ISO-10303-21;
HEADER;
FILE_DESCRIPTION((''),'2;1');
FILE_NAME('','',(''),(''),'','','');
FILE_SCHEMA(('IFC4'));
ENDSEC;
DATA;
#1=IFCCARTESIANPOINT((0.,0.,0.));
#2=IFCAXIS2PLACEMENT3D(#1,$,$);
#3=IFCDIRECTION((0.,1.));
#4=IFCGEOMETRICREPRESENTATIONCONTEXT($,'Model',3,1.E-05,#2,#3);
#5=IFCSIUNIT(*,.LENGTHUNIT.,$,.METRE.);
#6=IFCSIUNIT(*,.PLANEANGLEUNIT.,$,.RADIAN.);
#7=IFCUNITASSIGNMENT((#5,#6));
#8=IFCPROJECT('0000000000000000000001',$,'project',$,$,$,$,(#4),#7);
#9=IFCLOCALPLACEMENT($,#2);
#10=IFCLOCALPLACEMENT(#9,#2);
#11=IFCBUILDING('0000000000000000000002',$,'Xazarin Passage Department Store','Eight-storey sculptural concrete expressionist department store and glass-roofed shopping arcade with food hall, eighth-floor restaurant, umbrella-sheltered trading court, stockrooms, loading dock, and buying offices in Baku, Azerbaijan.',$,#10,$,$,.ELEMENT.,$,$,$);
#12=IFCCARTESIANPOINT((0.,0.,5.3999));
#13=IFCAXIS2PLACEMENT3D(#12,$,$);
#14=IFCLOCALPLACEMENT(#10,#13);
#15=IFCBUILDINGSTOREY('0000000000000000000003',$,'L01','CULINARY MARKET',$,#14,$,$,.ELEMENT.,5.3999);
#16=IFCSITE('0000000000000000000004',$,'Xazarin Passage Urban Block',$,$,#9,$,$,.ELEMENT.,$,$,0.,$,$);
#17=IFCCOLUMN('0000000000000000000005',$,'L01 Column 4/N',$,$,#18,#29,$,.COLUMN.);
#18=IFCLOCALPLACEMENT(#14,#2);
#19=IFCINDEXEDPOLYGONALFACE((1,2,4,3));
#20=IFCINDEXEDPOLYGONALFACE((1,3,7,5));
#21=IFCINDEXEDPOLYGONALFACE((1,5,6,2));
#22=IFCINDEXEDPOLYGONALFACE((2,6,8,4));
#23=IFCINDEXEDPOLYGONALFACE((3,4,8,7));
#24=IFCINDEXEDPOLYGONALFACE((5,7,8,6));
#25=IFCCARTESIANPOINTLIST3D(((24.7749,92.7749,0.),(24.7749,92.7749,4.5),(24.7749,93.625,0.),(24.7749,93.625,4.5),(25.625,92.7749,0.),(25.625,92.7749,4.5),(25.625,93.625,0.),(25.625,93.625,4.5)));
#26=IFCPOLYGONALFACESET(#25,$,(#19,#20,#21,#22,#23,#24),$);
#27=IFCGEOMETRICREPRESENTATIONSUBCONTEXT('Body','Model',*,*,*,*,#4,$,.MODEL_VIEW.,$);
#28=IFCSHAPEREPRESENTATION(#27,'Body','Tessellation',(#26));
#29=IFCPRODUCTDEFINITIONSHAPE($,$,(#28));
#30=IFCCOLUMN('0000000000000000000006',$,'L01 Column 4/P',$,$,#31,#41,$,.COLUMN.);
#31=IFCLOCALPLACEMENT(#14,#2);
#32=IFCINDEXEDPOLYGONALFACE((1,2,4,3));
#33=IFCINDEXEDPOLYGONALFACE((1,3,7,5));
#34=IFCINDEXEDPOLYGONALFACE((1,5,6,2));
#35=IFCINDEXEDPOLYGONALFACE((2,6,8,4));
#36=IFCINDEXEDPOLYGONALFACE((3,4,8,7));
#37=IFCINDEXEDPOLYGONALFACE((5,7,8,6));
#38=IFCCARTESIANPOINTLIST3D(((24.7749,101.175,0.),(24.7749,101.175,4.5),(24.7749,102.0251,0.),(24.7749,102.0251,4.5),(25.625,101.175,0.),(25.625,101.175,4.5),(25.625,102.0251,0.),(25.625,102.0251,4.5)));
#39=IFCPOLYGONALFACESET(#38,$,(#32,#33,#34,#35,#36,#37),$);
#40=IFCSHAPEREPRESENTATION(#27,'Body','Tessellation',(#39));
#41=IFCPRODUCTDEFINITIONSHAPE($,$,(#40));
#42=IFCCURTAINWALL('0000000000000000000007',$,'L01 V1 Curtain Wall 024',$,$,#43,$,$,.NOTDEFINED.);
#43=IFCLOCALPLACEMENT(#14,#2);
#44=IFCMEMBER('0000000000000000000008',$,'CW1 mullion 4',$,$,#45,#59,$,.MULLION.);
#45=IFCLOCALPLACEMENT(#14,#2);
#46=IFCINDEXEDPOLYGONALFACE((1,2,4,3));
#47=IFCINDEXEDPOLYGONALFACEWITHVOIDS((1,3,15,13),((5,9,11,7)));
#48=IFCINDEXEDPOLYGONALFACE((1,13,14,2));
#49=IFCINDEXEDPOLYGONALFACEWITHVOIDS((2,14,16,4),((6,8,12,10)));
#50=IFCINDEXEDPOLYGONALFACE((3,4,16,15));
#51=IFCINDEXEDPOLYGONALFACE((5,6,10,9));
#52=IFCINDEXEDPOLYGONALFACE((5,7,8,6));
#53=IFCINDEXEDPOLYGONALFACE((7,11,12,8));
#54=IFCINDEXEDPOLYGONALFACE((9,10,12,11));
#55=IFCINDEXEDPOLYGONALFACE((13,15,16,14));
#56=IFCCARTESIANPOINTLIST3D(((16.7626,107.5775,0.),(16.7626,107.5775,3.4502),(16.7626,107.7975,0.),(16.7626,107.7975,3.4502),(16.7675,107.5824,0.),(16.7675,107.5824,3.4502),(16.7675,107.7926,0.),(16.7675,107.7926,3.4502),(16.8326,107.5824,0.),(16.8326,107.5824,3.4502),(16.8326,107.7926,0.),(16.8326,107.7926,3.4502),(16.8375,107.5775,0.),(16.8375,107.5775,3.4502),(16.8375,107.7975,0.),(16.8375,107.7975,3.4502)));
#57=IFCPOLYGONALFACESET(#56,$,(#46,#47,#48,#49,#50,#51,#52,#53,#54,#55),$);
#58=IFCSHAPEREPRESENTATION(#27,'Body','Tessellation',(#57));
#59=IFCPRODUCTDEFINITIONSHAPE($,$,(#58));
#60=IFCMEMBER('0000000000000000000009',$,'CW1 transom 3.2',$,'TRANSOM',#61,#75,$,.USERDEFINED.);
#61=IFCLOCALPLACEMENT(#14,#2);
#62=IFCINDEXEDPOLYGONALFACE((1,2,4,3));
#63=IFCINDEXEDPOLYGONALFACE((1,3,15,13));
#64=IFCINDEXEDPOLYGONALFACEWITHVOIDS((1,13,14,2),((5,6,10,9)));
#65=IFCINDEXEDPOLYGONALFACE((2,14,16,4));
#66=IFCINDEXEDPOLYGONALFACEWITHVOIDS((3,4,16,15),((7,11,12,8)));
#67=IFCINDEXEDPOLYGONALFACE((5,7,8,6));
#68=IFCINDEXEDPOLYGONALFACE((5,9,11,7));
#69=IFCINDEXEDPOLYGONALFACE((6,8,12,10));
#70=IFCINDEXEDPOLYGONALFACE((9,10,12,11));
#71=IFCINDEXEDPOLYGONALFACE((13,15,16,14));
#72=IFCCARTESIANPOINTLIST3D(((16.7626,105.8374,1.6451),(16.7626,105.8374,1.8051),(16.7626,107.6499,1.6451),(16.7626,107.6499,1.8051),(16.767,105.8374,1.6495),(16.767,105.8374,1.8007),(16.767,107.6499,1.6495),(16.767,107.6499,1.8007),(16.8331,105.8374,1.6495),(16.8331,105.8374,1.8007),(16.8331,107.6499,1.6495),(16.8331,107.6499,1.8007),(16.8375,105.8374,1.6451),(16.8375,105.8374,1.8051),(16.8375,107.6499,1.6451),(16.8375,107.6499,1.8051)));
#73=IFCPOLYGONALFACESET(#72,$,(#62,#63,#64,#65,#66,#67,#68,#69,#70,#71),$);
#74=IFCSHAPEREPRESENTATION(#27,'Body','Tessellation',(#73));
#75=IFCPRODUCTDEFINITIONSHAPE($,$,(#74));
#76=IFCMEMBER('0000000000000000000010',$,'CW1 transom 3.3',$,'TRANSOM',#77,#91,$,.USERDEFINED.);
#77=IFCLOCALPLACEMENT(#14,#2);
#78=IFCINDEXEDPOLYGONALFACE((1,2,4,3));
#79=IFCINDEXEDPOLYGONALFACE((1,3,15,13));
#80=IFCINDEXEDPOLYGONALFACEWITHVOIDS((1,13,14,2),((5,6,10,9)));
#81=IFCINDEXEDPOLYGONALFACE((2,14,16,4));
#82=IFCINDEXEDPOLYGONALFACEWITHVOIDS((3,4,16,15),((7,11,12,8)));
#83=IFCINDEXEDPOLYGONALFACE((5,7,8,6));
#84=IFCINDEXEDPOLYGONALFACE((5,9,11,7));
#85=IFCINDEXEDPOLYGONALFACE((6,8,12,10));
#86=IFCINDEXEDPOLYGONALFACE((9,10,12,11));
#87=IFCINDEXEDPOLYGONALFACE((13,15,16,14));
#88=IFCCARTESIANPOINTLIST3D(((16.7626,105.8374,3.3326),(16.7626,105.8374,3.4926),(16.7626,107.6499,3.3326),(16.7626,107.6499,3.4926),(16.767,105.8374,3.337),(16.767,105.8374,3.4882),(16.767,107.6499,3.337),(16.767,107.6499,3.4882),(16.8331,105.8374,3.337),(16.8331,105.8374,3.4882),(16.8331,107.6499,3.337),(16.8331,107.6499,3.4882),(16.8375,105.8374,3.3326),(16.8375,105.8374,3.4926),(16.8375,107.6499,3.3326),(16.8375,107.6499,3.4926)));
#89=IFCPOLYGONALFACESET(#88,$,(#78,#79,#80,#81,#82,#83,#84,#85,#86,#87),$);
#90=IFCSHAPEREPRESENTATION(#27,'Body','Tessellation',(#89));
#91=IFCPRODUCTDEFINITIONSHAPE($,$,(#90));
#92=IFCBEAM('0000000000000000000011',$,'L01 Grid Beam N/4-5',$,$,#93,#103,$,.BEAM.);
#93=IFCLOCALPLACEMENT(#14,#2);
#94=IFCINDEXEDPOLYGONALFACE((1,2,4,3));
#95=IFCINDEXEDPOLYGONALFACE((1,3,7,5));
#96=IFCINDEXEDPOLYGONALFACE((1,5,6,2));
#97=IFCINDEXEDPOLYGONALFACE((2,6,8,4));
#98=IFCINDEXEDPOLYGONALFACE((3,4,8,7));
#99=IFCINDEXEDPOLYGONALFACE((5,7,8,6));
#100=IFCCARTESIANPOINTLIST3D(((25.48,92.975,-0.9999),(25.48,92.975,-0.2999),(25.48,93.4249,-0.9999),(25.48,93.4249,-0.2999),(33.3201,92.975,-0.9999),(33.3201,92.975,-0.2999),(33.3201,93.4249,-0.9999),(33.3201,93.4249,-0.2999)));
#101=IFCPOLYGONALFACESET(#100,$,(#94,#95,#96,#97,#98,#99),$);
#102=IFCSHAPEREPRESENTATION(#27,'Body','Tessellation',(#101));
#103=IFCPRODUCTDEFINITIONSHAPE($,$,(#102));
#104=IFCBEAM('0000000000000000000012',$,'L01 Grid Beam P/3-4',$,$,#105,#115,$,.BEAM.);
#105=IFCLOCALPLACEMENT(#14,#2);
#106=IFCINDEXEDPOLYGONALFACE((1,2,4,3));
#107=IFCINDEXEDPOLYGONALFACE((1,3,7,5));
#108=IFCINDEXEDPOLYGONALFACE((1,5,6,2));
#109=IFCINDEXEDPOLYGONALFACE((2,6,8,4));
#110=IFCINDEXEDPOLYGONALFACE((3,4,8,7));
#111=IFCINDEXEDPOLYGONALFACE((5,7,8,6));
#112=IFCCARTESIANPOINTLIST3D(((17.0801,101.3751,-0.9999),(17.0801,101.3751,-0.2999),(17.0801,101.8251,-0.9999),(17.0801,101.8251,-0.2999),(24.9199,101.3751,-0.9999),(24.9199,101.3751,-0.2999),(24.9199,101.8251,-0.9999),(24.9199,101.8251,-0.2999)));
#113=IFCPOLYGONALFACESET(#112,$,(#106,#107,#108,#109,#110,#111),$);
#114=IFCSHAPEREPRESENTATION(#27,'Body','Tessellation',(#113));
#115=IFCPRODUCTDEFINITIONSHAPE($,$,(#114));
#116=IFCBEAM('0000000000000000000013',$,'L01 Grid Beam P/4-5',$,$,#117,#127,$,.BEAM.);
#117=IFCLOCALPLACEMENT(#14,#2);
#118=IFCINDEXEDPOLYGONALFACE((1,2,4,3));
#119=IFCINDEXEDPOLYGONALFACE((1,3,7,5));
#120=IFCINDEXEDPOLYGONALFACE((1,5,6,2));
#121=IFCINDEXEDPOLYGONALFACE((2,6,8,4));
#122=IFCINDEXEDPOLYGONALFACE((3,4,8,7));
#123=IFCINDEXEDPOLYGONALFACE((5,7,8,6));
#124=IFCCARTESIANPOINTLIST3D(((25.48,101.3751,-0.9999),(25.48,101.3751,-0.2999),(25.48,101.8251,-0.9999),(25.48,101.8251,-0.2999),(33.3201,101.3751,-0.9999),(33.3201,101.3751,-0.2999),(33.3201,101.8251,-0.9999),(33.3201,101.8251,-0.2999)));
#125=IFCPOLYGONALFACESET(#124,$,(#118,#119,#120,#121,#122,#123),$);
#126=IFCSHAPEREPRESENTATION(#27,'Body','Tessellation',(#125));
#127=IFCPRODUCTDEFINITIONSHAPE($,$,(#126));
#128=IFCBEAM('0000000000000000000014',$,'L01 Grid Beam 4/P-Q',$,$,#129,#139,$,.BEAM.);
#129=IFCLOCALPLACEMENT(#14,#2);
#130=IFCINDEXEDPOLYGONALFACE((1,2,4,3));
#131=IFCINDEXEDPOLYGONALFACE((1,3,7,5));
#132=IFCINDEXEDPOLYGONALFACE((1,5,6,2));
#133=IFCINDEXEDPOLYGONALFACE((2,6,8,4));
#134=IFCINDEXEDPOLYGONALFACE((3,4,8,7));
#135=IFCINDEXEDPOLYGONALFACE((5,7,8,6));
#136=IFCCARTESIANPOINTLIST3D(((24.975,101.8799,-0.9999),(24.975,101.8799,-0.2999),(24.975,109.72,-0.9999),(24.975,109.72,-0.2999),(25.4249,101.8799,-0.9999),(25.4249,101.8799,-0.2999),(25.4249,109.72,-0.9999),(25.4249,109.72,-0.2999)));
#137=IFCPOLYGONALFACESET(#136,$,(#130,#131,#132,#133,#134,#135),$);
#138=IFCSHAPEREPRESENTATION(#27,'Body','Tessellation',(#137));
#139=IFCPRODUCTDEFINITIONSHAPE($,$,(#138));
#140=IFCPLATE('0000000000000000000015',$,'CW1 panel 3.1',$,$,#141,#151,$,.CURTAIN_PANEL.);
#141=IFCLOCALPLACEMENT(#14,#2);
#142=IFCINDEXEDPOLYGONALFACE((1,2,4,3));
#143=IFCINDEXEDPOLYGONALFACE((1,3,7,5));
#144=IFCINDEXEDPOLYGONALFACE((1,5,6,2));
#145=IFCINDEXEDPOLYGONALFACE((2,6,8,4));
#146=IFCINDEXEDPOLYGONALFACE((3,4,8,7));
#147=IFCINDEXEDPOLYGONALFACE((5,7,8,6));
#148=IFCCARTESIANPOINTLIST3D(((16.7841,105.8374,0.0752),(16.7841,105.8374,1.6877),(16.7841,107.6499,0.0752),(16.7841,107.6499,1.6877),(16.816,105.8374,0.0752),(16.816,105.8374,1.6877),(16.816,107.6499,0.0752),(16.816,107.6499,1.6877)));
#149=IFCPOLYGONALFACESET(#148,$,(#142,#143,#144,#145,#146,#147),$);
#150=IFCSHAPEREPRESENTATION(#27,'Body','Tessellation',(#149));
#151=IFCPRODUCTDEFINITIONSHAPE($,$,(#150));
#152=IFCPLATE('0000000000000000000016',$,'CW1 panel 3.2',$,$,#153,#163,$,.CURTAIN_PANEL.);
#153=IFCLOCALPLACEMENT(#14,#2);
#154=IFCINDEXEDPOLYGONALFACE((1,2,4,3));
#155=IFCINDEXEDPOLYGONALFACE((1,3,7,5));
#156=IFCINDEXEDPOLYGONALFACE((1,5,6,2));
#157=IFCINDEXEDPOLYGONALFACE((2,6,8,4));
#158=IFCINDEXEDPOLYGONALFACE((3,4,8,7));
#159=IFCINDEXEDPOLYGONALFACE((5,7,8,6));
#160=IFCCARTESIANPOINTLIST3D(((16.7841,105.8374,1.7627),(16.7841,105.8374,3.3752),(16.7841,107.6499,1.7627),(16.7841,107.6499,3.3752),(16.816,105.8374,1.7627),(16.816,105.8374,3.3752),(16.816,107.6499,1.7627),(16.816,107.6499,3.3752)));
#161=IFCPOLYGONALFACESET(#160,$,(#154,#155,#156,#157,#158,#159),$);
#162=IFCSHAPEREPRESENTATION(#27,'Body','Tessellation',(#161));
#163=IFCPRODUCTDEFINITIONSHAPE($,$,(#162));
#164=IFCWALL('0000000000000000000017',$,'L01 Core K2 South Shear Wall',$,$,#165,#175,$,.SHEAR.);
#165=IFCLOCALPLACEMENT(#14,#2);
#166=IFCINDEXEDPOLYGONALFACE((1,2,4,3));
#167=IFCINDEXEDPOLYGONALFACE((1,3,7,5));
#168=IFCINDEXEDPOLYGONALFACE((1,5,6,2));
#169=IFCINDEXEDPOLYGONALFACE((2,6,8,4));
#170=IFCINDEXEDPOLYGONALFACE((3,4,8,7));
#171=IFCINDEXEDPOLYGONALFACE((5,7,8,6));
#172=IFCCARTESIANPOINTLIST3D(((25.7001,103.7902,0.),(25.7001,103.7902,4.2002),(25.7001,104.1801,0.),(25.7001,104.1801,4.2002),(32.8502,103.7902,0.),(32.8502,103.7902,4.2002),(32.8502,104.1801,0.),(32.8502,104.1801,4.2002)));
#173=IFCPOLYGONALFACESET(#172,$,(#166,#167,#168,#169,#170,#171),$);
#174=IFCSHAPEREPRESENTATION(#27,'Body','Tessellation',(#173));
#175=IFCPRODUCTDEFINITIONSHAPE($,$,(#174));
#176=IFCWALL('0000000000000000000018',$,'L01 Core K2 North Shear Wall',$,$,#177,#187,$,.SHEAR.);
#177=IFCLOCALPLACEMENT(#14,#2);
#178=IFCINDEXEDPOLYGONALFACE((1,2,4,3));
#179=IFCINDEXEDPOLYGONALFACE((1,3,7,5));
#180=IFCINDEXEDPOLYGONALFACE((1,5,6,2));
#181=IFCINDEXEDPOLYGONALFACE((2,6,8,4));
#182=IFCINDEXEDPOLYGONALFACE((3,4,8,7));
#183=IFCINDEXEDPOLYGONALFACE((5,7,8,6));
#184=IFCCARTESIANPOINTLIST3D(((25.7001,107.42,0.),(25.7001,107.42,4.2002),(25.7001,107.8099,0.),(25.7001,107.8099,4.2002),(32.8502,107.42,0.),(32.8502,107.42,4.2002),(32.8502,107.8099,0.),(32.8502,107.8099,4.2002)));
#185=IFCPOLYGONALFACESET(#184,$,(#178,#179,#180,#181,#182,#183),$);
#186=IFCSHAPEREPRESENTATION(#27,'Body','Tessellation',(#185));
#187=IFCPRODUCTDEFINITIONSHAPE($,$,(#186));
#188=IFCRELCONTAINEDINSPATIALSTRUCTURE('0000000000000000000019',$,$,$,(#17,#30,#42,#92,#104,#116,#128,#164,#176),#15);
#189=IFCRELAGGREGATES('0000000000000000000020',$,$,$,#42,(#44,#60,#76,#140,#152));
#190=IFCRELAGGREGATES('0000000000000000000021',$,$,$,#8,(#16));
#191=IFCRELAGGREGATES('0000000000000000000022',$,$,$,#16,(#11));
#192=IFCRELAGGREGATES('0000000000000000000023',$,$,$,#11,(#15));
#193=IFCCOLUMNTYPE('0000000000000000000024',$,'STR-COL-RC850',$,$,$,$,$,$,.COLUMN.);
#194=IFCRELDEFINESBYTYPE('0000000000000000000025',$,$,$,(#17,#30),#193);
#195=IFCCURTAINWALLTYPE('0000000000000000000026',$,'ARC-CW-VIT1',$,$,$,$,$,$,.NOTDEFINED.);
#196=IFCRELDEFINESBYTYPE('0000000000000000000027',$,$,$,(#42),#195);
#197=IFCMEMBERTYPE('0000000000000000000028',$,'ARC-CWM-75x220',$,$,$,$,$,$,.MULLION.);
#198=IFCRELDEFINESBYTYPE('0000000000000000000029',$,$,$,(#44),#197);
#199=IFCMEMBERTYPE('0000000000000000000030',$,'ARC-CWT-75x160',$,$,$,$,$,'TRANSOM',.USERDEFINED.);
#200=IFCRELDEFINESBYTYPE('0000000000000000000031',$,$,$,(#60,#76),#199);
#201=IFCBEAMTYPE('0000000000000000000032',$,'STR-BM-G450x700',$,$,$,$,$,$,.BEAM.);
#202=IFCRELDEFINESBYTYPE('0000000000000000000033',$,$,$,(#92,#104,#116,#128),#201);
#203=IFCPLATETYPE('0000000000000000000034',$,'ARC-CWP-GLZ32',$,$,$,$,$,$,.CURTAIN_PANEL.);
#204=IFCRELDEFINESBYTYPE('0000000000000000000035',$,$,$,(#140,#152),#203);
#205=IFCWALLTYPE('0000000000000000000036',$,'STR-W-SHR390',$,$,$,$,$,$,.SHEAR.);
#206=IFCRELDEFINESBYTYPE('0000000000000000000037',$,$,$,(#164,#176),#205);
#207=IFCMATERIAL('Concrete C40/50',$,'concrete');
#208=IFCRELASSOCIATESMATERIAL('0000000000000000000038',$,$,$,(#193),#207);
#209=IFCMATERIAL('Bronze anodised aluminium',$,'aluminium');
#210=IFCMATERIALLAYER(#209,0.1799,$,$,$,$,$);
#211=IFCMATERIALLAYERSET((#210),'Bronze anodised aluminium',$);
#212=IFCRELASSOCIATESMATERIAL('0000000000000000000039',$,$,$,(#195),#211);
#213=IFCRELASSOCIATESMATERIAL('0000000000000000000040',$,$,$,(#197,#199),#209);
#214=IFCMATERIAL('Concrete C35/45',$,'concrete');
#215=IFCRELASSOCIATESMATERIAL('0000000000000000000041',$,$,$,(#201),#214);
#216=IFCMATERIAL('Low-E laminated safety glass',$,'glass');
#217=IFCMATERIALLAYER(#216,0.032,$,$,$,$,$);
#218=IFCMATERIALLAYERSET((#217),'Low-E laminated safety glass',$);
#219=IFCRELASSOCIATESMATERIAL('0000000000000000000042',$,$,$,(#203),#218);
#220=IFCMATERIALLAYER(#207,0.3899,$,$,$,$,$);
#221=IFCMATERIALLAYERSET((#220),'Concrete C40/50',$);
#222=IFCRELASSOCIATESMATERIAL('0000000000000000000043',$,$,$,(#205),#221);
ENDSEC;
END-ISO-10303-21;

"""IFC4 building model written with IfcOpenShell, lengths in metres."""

from ifc_helpers import new_model, si_unit, direction, frame, frame_2d, origin, origin_2d, place, context, subcontext, project, spatial, rectangle, hollow_rectangle, extrude, material, layer, layer_set, material_profile, profile_set, type_object, element, aggregate, save


model = new_model("IFC4")

# Units and contexts
model_context = context("Model", 3, precision=1e-05, world=origin(), true_north=direction((0.0, 1.0)))
body_context = subcontext(model_context, "Body", "Model", "MODEL_VIEW")
ifc_project = project(units=[si_unit("LENGTHUNIT", "METRE"), si_unit("PLANEANGLEUNIT", "RADIAN")], contexts=[model_context])

# Site, building, storey
site_placement = place(None, origin())
site = spatial("IfcSite", under=ifc_project, at=site_placement, Name="Xazarin Passage Urban Block", CompositionType="ELEMENT", RefElevation=0.0)
building_placement = place(site_placement, origin())
building = spatial("IfcBuilding", under=site, at=building_placement, Name="Xazarin Passage Department Store", Description="Eight-storey sculptural concrete expressionist department store and glass-roofed shopping arcade with food hall, eighth-floor restaurant, umbrella-sheltered trading court, stockrooms, loading dock, and buying offices in Baku, Azerbaijan.", CompositionType="ELEMENT")
storey_placement = place(building_placement, frame((0.0, 0.0, 5.3999)))
storey = spatial("IfcBuildingStorey", under=building, at=storey_placement, Name="L01", Description="CULINARY MARKET", CompositionType="ELEMENT", Elevation=5.3999)

# Columns
ifc_material_1 = material(Name="Concrete C40/50", Category="concrete")
ifc_material_profile_1 = material_profile(ifc_material_1, rectangle(XDim=0.8501, YDim=0.8501, at=origin_2d()), Name="RC 850x850")
ifc_profile_set_1 = profile_set([ifc_material_profile_1], Name="Concrete C40/50")
column_type = type_object("IfcColumnType", Name="STR-COL-RC850", PredefinedType="COLUMN", material=ifc_profile_set_1)
for number, where, z_axis, x_axis, name in (
    (1, (25.2, 93.2, 0.0), (0.0, 0.0, 1.0), (1.0, 0.0, 0.0), "L01 Column 4/N"),
    (2, (25.2, 101.6001, 0.0), (0.0, 0.0, 1.0), (1.0, 0.0, 0.0), "L01 Column 4/P"),
):
    element("IfcColumn", number, at=place(storey_placement, frame(where, z_axis=z_axis, x_axis=x_axis)), inside=storey, type_object=column_type, Name=name, PredefinedType="COLUMN", context=body_context, shape_type="SweptSolid", body=[
        extrude(rectangle(XDim=0.8501, YDim=0.8501, at=origin_2d()), origin(), (0.0, 0.0, 1.0), 4.5),
    ])

# Curtain wall, members
ifc_material_2 = material(Name="Bronze anodised aluminium", Category="aluminium")
ifc_layer_1 = layer(ifc_material_2, 0.1799)
ifc_layer_set_1 = layer_set([ifc_layer_1], Name="Bronze anodised aluminium")
curtain_wall_type = type_object("IfcCurtainWallType", Name="ARC-CW-VIT1", PredefinedType="NOTDEFINED", material=ifc_layer_set_1)
curtain_wall_placement = place(storey_placement, origin())
curtain_wall = element("IfcCurtainWall", 3, at=curtain_wall_placement, inside=storey, type_object=curtain_wall_type, Name="L01 V1 Curtain Wall 024", PredefinedType="NOTDEFINED")
ifc_material_profile_2 = material_profile(ifc_material_2, hollow_rectangle(XDim=0.075, YDim=0.22, WallThickness=0.0049, at=origin_2d()), Name="ALU 75x220")
ifc_profile_set_2 = profile_set([ifc_material_profile_2], Name="Bronze anodised aluminium")
member_type_1 = type_object("IfcMemberType", Name="ARC-CWM-75x220", PredefinedType="MULLION", material=ifc_profile_set_2)
member_1_placement = place(storey_placement, frame((16.8, 107.6875, 0.0), z_axis=(0.0, 0.0, 1.0), x_axis=(-1.0, 0.0, 0.0)))
member_1 = element("IfcMember", 4, at=member_1_placement, type_object=member_type_1, Name="CW1 mullion 4", PredefinedType="MULLION", context=body_context, shape_type="SweptSolid", body=[
    extrude(hollow_rectangle(XDim=0.075, YDim=0.22, WallThickness=0.0049, at=origin_2d()), origin(), (0.0, 0.0, 1.0), 3.4502),
])
ifc_material_profile_3 = material_profile(ifc_material_2, hollow_rectangle(XDim=0.075, YDim=0.1599, WallThickness=0.0044, at=origin_2d()), Name="ALU 75x160")
ifc_profile_set_3 = profile_set([ifc_material_profile_3], Name="Bronze anodised aluminium")
member_type_2 = type_object("IfcMemberType", Name="ARC-CWT-75x160", ElementType="TRANSOM", PredefinedType="USERDEFINED", material=ifc_profile_set_3)
member_2_placement = place(storey_placement, frame((16.8, 105.8374, 1.7251), z_axis=(0.0, 1.0, 0.0), x_axis=(-1.0, 0.0, 0.0)))
member_2 = element("IfcMember", 5, at=member_2_placement, type_object=member_type_2, Name="CW1 transom 3.2", ObjectType="TRANSOM", PredefinedType="USERDEFINED", context=body_context, shape_type="SweptSolid", body=[
    extrude(hollow_rectangle(XDim=0.075, YDim=0.1599, WallThickness=0.0044, at=origin_2d()), origin(), (0.0, 0.0, 1.0), 1.8125),
])
member_3_placement = place(storey_placement, frame((16.8, 105.8374, 3.4126), z_axis=(0.0, 1.0, 0.0), x_axis=(-1.0, 0.0, 0.0)))
member_3 = element("IfcMember", 6, at=member_3_placement, type_object=member_type_2, Name="CW1 transom 3.3", ObjectType="TRANSOM", PredefinedType="USERDEFINED", context=body_context, shape_type="SweptSolid", body=[
    extrude(hollow_rectangle(XDim=0.075, YDim=0.1599, WallThickness=0.0044, at=origin_2d()), origin(), (0.0, 0.0, 1.0), 1.8125),
])

# Beams
ifc_material_3 = material(Name="Concrete C35/45", Category="concrete")
ifc_material_profile_4 = material_profile(ifc_material_3, rectangle(XDim=0.45, YDim=0.7, at=origin_2d()), Name="RC 450x700")
ifc_profile_set_4 = profile_set([ifc_material_profile_4], Name="Concrete C35/45")
beam_type = type_object("IfcBeamType", Name="STR-BM-G450x700", PredefinedType="BEAM", material=ifc_profile_set_4)
beam_1_placement = place(storey_placement, frame((25.48, 93.2, -0.6499), z_axis=(1.0, 0.0, 0.0), x_axis=(0.0, 1.0, 0.0)))
element("IfcBeam", 7, at=beam_1_placement, inside=storey, type_object=beam_type, Name="L01 Grid Beam N/4-5", PredefinedType="BEAM", context=body_context, shape_type="SweptSolid", body=[
    extrude(rectangle(XDim=0.45, YDim=0.7, at=origin_2d()), origin(), (0.0, 0.0, 1.0), 7.8401),
])
beam_2_placement = place(storey_placement, frame((17.0801, 101.6001, -0.6499), z_axis=(1.0, 0.0, 0.0), x_axis=(0.0, 1.0, 0.0)))
element("IfcBeam", 8, at=beam_2_placement, inside=storey, type_object=beam_type, Name="L01 Grid Beam P/3-4", PredefinedType="BEAM", context=body_context, shape_type="SweptSolid", body=[
    extrude(rectangle(XDim=0.45, YDim=0.7, at=origin_2d()), origin(), (0.0, 0.0, 1.0), 7.8398),
])
for number, where, z_axis, x_axis, name in (
    (9, (25.48, 101.6001, -0.6499), (1.0, 0.0, 0.0), (0.0, 1.0, 0.0), "L01 Grid Beam P/4-5"),
    (10, (25.2, 101.8799, -0.6499), (0.0, 1.0, 0.0), (-1.0, 0.0, 0.0), "L01 Grid Beam 4/P-Q"),
):
    element("IfcBeam", number, at=place(storey_placement, frame(where, z_axis=z_axis, x_axis=x_axis)), inside=storey, type_object=beam_type, Name=name, PredefinedType="BEAM", context=body_context, shape_type="SweptSolid", body=[
        extrude(rectangle(XDim=0.45, YDim=0.7, at=origin_2d()), origin(), (0.0, 0.0, 1.0), 7.8401),
    ])

# Plates
ifc_material_4 = material(Name="Low-E laminated safety glass", Category="glass")
ifc_layer_2 = layer(ifc_material_4, 0.032)
ifc_layer_set_2 = layer_set([ifc_layer_2], Name="Low-E laminated safety glass")
plate_type = type_object("IfcPlateType", Name="ARC-CWP-GLZ32", PredefinedType="CURTAIN_PANEL", material=ifc_layer_set_2)
plate_1_placement = place(storey_placement, frame((16.8, 106.7437, 0.0752), z_axis=(0.0, 0.0, 1.0), x_axis=(0.0, 1.0, 0.0)))
plate_1 = element("IfcPlate", 11, at=plate_1_placement, type_object=plate_type, Name="CW1 panel 3.1", PredefinedType="CURTAIN_PANEL", context=body_context, shape_type="SweptSolid", body=[
    extrude(rectangle(XDim=1.8125, YDim=0.032, at=origin_2d()), origin(), (0.0, 0.0, 1.0), 1.6125),
])
plate_2_placement = place(storey_placement, frame((16.8, 106.7437, 1.7627), z_axis=(0.0, 0.0, 1.0), x_axis=(0.0, 1.0, 0.0)))
plate_2 = element("IfcPlate", 12, at=plate_2_placement, type_object=plate_type, Name="CW1 panel 3.2", PredefinedType="CURTAIN_PANEL", context=body_context, shape_type="SweptSolid", body=[
    extrude(rectangle(XDim=1.8125, YDim=0.032, at=origin_2d()), origin(), (0.0, 0.0, 1.0), 1.6125),
])
aggregate(curtain_wall, [member_1, member_2, member_3, plate_1, plate_2])

# Walls
ifc_layer_3 = layer(ifc_material_1, 0.3899)
ifc_layer_set_3 = layer_set([ifc_layer_3], Name="Concrete C40/50")
wall_type = type_object("IfcWallType", Name="STR-W-SHR390", PredefinedType="SHEAR", material=ifc_layer_set_3)
for number, where, z_axis, x_axis, name in (
    (13, (25.7, 103.9851, 0.0), (0.0, 0.0, 1.0), (1.0, 0.0, 0.0), "L01 Core K2 South Shear Wall"),
    (14, (25.7, 107.615, 0.0), (0.0, 0.0, 1.0), (1.0, 0.0, 0.0), "L01 Core K2 North Shear Wall"),
):
    element("IfcWall", number, at=place(storey_placement, frame(where, z_axis=z_axis, x_axis=x_axis)), inside=storey, type_object=wall_type, Name=name, PredefinedType="SHEAR", context=body_context, shape_type="SweptSolid", body=[
        extrude(rectangle(XDim=7.1501, YDim=0.3899, at=frame_2d((3.5752, 0.0))), origin(), (0.0, 0.0, 1.0), 4.2002),
    ])

save(model, "model.ifc")
